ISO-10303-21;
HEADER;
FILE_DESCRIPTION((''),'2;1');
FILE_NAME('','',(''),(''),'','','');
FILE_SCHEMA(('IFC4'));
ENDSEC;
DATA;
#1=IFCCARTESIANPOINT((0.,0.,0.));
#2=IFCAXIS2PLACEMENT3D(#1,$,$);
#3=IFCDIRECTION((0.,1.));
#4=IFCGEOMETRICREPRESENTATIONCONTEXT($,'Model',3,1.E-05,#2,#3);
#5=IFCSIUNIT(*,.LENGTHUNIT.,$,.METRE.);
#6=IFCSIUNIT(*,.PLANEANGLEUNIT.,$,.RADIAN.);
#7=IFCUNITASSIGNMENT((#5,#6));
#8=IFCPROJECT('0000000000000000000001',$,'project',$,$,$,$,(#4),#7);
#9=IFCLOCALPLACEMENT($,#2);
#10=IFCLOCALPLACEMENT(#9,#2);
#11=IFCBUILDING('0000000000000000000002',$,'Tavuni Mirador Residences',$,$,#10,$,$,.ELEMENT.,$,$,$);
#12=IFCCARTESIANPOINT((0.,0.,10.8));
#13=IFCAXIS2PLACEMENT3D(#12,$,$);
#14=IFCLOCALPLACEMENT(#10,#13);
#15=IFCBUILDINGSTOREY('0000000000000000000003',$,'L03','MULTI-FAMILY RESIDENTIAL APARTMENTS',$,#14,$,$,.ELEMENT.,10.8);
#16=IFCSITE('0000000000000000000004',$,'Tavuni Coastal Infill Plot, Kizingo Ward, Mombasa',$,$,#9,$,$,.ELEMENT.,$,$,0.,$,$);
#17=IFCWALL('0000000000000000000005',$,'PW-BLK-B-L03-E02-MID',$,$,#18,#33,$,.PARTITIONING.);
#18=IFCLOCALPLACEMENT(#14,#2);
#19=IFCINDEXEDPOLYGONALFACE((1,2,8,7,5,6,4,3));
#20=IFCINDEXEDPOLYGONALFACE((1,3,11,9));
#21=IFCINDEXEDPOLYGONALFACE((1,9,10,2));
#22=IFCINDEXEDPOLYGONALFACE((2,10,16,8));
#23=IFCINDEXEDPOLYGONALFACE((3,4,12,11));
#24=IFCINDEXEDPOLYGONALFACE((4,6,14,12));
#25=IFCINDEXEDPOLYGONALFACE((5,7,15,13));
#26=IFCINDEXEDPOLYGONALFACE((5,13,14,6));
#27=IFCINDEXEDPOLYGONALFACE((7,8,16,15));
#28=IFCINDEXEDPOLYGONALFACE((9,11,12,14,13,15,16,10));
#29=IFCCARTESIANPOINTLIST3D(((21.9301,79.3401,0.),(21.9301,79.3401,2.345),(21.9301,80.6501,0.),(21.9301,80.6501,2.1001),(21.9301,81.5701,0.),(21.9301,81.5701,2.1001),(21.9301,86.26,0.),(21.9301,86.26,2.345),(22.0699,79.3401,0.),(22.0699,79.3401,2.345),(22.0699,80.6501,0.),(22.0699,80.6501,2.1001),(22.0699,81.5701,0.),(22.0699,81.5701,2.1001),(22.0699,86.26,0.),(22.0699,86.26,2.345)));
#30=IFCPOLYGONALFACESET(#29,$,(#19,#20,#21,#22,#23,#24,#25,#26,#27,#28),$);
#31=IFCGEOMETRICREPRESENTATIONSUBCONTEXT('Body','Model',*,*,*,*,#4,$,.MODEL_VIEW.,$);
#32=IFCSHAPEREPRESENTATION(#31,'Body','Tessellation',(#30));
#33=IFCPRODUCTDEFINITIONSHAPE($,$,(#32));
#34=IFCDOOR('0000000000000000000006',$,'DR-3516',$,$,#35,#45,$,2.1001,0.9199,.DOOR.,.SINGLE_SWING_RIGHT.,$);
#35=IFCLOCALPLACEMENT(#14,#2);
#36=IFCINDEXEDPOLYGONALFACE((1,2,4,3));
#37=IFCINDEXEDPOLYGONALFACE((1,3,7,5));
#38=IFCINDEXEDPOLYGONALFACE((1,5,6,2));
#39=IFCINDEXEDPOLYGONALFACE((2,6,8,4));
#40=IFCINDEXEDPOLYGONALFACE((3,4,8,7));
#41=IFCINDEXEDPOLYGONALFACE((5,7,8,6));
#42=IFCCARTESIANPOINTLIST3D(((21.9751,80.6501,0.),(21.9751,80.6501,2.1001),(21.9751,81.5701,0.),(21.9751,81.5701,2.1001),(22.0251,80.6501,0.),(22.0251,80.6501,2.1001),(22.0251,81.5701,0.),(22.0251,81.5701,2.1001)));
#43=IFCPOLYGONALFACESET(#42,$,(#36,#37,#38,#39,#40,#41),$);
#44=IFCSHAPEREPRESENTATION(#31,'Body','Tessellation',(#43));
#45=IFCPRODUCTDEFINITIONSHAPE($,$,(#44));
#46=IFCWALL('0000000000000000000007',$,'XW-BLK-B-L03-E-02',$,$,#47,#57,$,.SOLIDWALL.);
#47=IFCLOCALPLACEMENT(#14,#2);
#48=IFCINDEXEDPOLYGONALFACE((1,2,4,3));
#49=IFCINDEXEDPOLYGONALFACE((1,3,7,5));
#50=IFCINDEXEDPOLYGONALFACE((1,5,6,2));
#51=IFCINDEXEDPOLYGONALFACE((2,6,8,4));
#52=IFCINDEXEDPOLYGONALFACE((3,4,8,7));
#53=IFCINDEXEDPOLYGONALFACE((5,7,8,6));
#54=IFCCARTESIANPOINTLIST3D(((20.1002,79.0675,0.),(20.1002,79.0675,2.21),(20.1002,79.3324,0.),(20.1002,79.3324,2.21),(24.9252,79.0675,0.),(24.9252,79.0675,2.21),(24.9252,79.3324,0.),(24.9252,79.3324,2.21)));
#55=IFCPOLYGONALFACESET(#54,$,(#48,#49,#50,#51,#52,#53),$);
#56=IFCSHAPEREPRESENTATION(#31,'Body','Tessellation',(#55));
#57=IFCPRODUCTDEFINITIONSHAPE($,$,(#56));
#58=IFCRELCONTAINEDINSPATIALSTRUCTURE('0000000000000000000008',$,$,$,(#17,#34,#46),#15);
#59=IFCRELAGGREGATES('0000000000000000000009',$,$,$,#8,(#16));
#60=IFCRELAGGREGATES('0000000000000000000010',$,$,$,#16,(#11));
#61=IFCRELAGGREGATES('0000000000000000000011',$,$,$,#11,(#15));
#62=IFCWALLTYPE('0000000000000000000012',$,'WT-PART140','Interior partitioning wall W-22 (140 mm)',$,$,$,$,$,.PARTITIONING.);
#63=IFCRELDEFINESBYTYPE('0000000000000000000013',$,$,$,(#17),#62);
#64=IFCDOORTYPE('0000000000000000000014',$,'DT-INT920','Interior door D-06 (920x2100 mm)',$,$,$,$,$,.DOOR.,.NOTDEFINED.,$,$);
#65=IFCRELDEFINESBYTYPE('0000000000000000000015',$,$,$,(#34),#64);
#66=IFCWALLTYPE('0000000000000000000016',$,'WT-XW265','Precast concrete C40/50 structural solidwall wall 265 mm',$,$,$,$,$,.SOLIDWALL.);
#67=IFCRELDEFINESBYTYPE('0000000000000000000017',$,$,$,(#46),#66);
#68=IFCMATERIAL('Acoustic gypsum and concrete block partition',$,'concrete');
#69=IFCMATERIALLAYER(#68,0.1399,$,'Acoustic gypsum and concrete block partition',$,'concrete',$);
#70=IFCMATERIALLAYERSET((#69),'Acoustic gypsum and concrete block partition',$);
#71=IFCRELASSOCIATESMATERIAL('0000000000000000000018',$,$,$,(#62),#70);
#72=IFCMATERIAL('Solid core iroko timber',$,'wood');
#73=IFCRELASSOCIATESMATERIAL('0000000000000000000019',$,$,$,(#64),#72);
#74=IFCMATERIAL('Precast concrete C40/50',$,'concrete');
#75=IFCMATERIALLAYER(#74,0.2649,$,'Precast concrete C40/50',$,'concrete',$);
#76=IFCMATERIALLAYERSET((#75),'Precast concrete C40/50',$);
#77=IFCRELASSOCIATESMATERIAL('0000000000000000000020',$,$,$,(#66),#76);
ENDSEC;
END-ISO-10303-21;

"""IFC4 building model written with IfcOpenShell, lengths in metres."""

from ifc_helpers import new_model, si_unit, direction, frame, frame_2d, origin, place, context, subcontext, project, spatial, rectangle, extrude, material, layer, layer_set, type_object, element, fill, save


model = new_model("IFC4")

# Units and contexts
model_context = context("Model", 3, precision=1e-05, world=origin(), true_north=direction((0.0, 1.0)))
body_context = subcontext(model_context, "Body", "Model", "MODEL_VIEW")
ifc_project = project(units=[si_unit("LENGTHUNIT", "METRE"), si_unit("PLANEANGLEUNIT", "RADIAN")], contexts=[model_context])

# Site, building, storey
site_placement = place(None, origin())
site = spatial("IfcSite", under=ifc_project, at=site_placement, Name="Tavuni Coastal Infill Plot, Kizingo Ward, Mombasa", CompositionType="ELEMENT", RefElevation=0.0)
building_placement = place(site_placement, origin())
building = spatial("IfcBuilding", under=site, at=building_placement, Name="Tavuni Mirador Residences", CompositionType="ELEMENT")
storey_placement = place(building_placement, frame((0.0, 0.0, 10.8)))
storey = spatial("IfcBuildingStorey", under=building, at=storey_placement, Name="L03", Description="MULTI-FAMILY RESIDENTIAL APARTMENTS", CompositionType="ELEMENT", Elevation=10.8)

# Shared definitions
ifc_material_1 = material(Name="Precast concrete C40/50", Category="concrete")

# Wall, opening, door
ifc_material_2 = material(Name="Solid core iroko timber", Category="wood")
ifc_material_3 = material(Name="Acoustic gypsum and concrete block partition", Category="concrete")
ifc_layer_1 = layer(ifc_material_3, 0.1399, Name="Acoustic gypsum and concrete block partition", Category="concrete")
ifc_layer_set_1 = layer_set([ifc_layer_1], Name="Acoustic gypsum and concrete block partition")
wall_type_1 = type_object("IfcWallType", Name="WT-PART140", Description="Interior partitioning wall W-22 (140 mm)", PredefinedType="PARTITIONING", material=ifc_layer_set_1)
wall_1_placement = place(storey_placement, frame((22.0, 79.3401, 0.0), z_axis=(0.0, 0.0, 1.0), x_axis=(0.0, 1.0, 0.0)))
wall_1 = element("IfcWall", 1, at=wall_1_placement, inside=storey, type_object=wall_type_1, Name="PW-BLK-B-L03-E02-MID", PredefinedType="PARTITIONING", context=body_context, shape_type="SweptSolid", body=[
    extrude(rectangle(XDim=6.9199, YDim=0.1399, at=frame_2d((3.46, 0.0))), origin(), (0.0, 0.0, 1.0), 2.345),
])
opening_1_placement = place(wall_1_placement, frame((1.3101, 0.0, 0.0)))
opening_1 = element("IfcOpeningElement", 2, at=opening_1_placement, cuts=wall_1, PredefinedType="OPENING", context=body_context, shape_type="SweptSolid", body=[
    extrude(rectangle(XDim=0.9199, YDim=2.1001, at=frame_2d((0.46, 1.05))), frame((0.0, 0.0801, 0.0), z_axis=(0.0, -1.0, 0.0), x_axis=(1.0, 0.0, 0.0)), (0.0, 0.0, 1.0), 0.1599),
])
door_type_1 = type_object("IfcDoorType", Name="DT-INT920", Description="Interior door D-06 (920x2100 mm)", OperationType="NOTDEFINED", PredefinedType="DOOR", material=ifc_material_2)
door_1_placement = place(opening_1_placement, origin())
door_1 = element("IfcDoor", 3, at=door_1_placement, inside=storey, type_object=door_type_1, Name="DR-3516", OperationType="SINGLE_SWING_RIGHT", OverallHeight=2.1001, OverallWidth=0.9199, PredefinedType="DOOR", context=body_context, shape_type="SweptSolid", body=[
    extrude(rectangle(XDim=0.9199, YDim=2.1001, at=frame_2d((0.46, 1.05))), frame((0.0, 0.0249, 0.0), z_axis=(0.0, -1.0, 0.0), x_axis=(1.0, 0.0, 0.0)), (0.0, 0.0, 1.0), 0.05),
])
fill(opening_1, door_1)

# Wall
ifc_layer_2 = layer(ifc_material_1, 0.2649, Name="Precast concrete C40/50", Category="concrete")
ifc_layer_set_2 = layer_set([ifc_layer_2], Name="Precast concrete C40/50")
wall_type_2 = type_object("IfcWallType", Name="WT-XW265", Description="Precast concrete C40/50 structural solidwall wall 265 mm", PredefinedType="SOLIDWALL", material=ifc_layer_set_2)
wall_2_placement = place(storey_placement, frame((20.1001, 79.2, 0.0), z_axis=(0.0, 0.0, 1.0), x_axis=(1.0, 0.0, 0.0)))
element("IfcWall", 4, at=wall_2_placement, inside=storey, type_object=wall_type_2, Name="XW-BLK-B-L03-E-02", PredefinedType="SOLIDWALL", context=body_context, shape_type="SweptSolid", body=[
    extrude(rectangle(XDim=4.825, YDim=0.2649, at=frame_2d((2.4126, 0.0))), origin(), (0.0, 0.0, 1.0), 2.21),
])

save(model, "model.ifc")
